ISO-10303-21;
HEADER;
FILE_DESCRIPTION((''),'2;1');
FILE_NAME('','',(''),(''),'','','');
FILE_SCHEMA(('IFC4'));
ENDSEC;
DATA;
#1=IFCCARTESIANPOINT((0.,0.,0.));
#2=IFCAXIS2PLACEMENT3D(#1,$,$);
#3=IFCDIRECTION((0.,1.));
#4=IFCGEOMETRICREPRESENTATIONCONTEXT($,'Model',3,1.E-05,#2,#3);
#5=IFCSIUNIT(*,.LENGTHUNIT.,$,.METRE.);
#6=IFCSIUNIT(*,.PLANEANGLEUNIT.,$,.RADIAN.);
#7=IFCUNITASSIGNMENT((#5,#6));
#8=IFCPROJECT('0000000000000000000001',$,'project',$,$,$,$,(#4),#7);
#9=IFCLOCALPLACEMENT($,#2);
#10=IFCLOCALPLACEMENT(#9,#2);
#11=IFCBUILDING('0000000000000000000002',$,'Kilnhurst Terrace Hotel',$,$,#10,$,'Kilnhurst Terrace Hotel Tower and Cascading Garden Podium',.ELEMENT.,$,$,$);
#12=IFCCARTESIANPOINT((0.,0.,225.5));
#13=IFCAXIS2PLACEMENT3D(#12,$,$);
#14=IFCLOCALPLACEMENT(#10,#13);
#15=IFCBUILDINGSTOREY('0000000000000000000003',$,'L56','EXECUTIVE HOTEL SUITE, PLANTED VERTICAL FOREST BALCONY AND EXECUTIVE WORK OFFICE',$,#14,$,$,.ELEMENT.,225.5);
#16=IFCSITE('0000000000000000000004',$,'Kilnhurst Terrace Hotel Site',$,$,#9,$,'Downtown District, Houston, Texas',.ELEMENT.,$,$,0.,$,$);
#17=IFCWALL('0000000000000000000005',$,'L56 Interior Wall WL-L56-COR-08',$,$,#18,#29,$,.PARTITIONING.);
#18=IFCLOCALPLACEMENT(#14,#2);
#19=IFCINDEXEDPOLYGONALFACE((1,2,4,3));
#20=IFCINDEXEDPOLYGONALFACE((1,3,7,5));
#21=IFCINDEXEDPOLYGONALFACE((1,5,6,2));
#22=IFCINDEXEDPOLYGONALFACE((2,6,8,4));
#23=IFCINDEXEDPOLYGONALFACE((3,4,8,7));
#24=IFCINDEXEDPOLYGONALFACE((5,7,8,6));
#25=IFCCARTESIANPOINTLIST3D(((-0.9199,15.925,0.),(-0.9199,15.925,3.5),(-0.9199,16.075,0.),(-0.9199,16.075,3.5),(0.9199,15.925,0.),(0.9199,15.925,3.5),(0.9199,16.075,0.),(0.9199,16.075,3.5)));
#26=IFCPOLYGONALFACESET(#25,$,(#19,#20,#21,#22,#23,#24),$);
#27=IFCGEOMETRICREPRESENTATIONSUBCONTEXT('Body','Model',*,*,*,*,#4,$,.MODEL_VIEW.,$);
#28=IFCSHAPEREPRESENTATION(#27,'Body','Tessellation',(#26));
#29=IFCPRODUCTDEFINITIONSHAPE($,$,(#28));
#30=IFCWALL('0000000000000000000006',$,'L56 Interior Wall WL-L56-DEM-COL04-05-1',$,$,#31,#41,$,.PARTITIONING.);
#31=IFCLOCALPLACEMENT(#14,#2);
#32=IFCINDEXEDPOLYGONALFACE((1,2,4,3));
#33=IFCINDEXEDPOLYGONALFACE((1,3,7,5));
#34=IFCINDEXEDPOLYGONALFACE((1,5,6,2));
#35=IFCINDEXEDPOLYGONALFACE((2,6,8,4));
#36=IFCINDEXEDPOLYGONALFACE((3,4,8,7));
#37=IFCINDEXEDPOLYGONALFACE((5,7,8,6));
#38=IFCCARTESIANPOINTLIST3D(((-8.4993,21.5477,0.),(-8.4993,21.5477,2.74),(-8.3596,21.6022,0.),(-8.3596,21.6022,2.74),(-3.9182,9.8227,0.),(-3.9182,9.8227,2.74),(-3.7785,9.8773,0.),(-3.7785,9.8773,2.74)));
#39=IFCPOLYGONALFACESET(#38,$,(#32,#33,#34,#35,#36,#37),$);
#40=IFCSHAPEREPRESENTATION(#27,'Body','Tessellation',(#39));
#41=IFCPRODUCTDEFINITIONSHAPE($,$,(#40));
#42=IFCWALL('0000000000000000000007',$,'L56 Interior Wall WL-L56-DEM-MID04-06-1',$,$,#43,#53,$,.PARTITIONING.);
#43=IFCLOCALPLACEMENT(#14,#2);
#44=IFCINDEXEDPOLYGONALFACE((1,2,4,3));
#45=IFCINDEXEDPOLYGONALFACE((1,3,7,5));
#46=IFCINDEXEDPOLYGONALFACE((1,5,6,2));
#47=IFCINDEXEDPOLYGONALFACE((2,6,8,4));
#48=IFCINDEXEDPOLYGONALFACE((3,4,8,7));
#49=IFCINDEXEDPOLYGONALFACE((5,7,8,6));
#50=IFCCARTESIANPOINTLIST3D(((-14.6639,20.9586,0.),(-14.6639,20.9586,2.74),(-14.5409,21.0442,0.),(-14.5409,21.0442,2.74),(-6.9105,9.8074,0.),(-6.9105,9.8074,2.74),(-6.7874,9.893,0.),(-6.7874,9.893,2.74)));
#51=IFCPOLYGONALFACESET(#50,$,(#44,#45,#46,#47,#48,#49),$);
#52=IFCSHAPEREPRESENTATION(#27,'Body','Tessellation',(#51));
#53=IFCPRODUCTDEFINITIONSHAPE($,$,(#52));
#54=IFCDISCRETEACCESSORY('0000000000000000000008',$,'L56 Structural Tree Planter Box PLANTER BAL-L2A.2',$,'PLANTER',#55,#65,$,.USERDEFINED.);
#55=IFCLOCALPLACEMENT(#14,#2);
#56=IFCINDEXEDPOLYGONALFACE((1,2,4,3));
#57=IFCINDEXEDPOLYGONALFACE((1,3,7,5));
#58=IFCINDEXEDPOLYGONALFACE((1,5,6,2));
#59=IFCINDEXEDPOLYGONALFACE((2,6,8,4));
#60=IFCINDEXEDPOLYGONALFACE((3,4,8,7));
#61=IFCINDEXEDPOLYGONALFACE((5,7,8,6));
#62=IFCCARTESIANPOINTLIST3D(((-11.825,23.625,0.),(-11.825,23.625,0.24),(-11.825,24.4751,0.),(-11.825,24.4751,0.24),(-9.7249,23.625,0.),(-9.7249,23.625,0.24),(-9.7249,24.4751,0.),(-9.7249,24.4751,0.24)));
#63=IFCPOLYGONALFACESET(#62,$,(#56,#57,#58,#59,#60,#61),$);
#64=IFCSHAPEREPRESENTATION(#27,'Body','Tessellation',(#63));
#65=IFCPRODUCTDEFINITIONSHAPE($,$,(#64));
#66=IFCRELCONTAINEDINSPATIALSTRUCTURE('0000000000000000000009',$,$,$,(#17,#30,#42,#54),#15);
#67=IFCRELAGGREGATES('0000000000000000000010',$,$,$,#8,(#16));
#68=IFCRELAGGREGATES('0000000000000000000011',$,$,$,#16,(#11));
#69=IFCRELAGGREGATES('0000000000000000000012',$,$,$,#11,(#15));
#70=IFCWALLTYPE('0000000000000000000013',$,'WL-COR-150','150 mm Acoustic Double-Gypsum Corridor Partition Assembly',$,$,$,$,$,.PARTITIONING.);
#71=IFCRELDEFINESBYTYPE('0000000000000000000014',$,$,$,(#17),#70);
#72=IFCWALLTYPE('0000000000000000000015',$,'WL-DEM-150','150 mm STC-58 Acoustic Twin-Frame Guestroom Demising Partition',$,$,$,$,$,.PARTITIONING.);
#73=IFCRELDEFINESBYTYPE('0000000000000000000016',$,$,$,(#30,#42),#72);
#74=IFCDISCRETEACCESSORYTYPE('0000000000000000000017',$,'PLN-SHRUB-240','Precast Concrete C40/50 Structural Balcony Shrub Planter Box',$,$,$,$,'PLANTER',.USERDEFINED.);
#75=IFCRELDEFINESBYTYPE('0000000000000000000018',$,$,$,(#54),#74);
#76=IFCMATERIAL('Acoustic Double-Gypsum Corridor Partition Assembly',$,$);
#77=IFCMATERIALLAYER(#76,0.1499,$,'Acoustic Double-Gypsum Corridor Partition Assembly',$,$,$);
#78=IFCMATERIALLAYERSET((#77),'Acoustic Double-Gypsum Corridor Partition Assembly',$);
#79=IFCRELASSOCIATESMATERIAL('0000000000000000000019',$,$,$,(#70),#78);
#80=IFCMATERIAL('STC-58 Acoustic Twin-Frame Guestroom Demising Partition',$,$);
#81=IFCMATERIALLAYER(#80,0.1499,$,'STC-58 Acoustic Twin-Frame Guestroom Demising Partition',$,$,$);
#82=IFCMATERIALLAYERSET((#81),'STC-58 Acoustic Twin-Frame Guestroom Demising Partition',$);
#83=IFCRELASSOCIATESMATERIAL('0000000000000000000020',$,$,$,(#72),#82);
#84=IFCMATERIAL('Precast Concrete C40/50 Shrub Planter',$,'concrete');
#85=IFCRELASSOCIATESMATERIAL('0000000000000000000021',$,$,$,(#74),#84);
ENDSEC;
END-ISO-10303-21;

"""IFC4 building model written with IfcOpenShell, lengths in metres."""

from ifc_helpers import new_model, si_unit, direction, frame, frame_2d, origin, origin_2d, place, context, subcontext, project, spatial, rectangle, extrude, material, layer, layer_set, type_object, element, save


model = new_model("IFC4")

# Units and contexts
model_context = context("Model", 3, precision=1e-05, world=origin(), true_north=direction((0.0, 1.0)))
body_context = subcontext(model_context, "Body", "Model", "MODEL_VIEW")
ifc_project = project(units=[si_unit("LENGTHUNIT", "METRE"), si_unit("PLANEANGLEUNIT", "RADIAN")], contexts=[model_context])

# Site, building, storey
site_placement = place(None, origin())
site = spatial("IfcSite", under=ifc_project, at=site_placement, Name="Kilnhurst Terrace Hotel Site", LongName="Downtown District, Houston, Texas", CompositionType="ELEMENT", RefElevation=0.0)
building_placement = place(site_placement, origin())
building = spatial("IfcBuilding", under=site, at=building_placement, Name="Kilnhurst Terrace Hotel", LongName="Kilnhurst Terrace Hotel Tower and Cascading Garden Podium", CompositionType="ELEMENT")
storey_placement = place(building_placement, frame((0.0, 0.0, 225.5)))
storey = spatial("IfcBuildingStorey", under=building, at=storey_placement, Name="L56", Description="EXECUTIVE HOTEL SUITE, PLANTED VERTICAL FOREST BALCONY AND EXECUTIVE WORK OFFICE", CompositionType="ELEMENT", Elevation=225.5)

# Walls
ifc_material_1 = material(Name="Acoustic Double-Gypsum Corridor Partition Assembly")
ifc_layer_1 = layer(ifc_material_1, 0.1499, Name="Acoustic Double-Gypsum Corridor Partition Assembly")
ifc_layer_set_1 = layer_set([ifc_layer_1], Name="Acoustic Double-Gypsum Corridor Partition Assembly")
wall_type_1 = type_object("IfcWallType", Name="WL-COR-150", Description="150 mm Acoustic Double-Gypsum Corridor Partition Assembly", PredefinedType="PARTITIONING", material=ifc_layer_set_1)
wall_1_placement = place(storey_placement, frame((-0.9199, 16.0, 0.0), z_axis=(0.0, 0.0, 1.0), x_axis=(1.0, 0.0, 0.0)))
element("IfcWall", 1, at=wall_1_placement, inside=storey, type_object=wall_type_1, Name="L56 Interior Wall WL-L56-COR-08", PredefinedType="PARTITIONING", context=body_context, shape_type="SweptSolid", body=[
    extrude(rectangle(XDim=1.8398, YDim=0.1499, at=frame_2d((0.9199, 0.0))), origin(), (0.0, 0.0, 1.0), 3.5),
])
ifc_material_2 = material(Name="STC-58 Acoustic Twin-Frame Guestroom Demising Partition")
ifc_layer_2 = layer(ifc_material_2, 0.1499, Name="STC-58 Acoustic Twin-Frame Guestroom Demising Partition")
ifc_layer_set_2 = layer_set([ifc_layer_2], Name="STC-58 Acoustic Twin-Frame Guestroom Demising Partition")
wall_type_2 = type_object("IfcWallType", Name="WL-DEM-150", Description="150 mm STC-58 Acoustic Twin-Frame Guestroom Demising Partition", PredefinedType="PARTITIONING", material=ifc_layer_set_2)
wall_2_placement = place(storey_placement, frame((-3.8484, 9.8501, 0.0), z_axis=(0.0, 0.0, 1.0), x_axis=(-0.363922, 0.93143, 0.0)))
element("IfcWall", 2, at=wall_2_placement, inside=storey, type_object=wall_type_2, Name="L56 Interior Wall WL-L56-DEM-COL04-05-1", PredefinedType="PARTITIONING", context=body_context, shape_type="SweptSolid", body=[
    extrude(rectangle(XDim=12.5881, YDim=0.1499, at=frame_2d((6.2939, 0.0))), origin(), (0.0, 0.0, 1.0), 2.74),
])
wall_3_placement = place(storey_placement, frame((-6.8489, 9.8501, 0.0), z_axis=(0.0, 0.0, 1.0), x_axis=(-0.570872, 0.821039, 0.0)))
element("IfcWall", 3, at=wall_3_placement, inside=storey, type_object=wall_type_2, Name="L56 Interior Wall WL-L56-DEM-MID04-06-1", PredefinedType="PARTITIONING", context=body_context, shape_type="SweptSolid", body=[
    extrude(rectangle(XDim=13.5818, YDim=0.1499, at=frame_2d((6.791, 0.0))), origin(), (0.0, 0.0, 1.0), 2.74),
])

# Discrete accessory
ifc_material_3 = material(Name="Precast Concrete C40/50 Shrub Planter", Category="concrete")
discrete_accessory_type = type_object("IfcDiscreteAccessoryType", Name="PLN-SHRUB-240", Description="Precast Concrete C40/50 Structural Balcony Shrub Planter Box", ElementType="PLANTER", PredefinedType="USERDEFINED", material=ifc_material_3)
discrete_accessory_placement = place(storey_placement, frame((-10.7749, 24.05, 0.0), z_axis=(0.0, 0.0, 1.0), x_axis=(-1.0, 0.0, 0.0)))
element("IfcDiscreteAccessory", 4, at=discrete_accessory_placement, inside=storey, type_object=discrete_accessory_type, Name="L56 Structural Tree Planter Box PLANTER BAL-L2A.2", ObjectType="PLANTER", PredefinedType="USERDEFINED", context=body_context, shape_type="SweptSolid", body=[
    extrude(rectangle(XDim=2.1001, YDim=0.8501, at=origin_2d()), origin(), (0.0, 0.0, 1.0), 0.24),
])

save(model, "model.ifc")
